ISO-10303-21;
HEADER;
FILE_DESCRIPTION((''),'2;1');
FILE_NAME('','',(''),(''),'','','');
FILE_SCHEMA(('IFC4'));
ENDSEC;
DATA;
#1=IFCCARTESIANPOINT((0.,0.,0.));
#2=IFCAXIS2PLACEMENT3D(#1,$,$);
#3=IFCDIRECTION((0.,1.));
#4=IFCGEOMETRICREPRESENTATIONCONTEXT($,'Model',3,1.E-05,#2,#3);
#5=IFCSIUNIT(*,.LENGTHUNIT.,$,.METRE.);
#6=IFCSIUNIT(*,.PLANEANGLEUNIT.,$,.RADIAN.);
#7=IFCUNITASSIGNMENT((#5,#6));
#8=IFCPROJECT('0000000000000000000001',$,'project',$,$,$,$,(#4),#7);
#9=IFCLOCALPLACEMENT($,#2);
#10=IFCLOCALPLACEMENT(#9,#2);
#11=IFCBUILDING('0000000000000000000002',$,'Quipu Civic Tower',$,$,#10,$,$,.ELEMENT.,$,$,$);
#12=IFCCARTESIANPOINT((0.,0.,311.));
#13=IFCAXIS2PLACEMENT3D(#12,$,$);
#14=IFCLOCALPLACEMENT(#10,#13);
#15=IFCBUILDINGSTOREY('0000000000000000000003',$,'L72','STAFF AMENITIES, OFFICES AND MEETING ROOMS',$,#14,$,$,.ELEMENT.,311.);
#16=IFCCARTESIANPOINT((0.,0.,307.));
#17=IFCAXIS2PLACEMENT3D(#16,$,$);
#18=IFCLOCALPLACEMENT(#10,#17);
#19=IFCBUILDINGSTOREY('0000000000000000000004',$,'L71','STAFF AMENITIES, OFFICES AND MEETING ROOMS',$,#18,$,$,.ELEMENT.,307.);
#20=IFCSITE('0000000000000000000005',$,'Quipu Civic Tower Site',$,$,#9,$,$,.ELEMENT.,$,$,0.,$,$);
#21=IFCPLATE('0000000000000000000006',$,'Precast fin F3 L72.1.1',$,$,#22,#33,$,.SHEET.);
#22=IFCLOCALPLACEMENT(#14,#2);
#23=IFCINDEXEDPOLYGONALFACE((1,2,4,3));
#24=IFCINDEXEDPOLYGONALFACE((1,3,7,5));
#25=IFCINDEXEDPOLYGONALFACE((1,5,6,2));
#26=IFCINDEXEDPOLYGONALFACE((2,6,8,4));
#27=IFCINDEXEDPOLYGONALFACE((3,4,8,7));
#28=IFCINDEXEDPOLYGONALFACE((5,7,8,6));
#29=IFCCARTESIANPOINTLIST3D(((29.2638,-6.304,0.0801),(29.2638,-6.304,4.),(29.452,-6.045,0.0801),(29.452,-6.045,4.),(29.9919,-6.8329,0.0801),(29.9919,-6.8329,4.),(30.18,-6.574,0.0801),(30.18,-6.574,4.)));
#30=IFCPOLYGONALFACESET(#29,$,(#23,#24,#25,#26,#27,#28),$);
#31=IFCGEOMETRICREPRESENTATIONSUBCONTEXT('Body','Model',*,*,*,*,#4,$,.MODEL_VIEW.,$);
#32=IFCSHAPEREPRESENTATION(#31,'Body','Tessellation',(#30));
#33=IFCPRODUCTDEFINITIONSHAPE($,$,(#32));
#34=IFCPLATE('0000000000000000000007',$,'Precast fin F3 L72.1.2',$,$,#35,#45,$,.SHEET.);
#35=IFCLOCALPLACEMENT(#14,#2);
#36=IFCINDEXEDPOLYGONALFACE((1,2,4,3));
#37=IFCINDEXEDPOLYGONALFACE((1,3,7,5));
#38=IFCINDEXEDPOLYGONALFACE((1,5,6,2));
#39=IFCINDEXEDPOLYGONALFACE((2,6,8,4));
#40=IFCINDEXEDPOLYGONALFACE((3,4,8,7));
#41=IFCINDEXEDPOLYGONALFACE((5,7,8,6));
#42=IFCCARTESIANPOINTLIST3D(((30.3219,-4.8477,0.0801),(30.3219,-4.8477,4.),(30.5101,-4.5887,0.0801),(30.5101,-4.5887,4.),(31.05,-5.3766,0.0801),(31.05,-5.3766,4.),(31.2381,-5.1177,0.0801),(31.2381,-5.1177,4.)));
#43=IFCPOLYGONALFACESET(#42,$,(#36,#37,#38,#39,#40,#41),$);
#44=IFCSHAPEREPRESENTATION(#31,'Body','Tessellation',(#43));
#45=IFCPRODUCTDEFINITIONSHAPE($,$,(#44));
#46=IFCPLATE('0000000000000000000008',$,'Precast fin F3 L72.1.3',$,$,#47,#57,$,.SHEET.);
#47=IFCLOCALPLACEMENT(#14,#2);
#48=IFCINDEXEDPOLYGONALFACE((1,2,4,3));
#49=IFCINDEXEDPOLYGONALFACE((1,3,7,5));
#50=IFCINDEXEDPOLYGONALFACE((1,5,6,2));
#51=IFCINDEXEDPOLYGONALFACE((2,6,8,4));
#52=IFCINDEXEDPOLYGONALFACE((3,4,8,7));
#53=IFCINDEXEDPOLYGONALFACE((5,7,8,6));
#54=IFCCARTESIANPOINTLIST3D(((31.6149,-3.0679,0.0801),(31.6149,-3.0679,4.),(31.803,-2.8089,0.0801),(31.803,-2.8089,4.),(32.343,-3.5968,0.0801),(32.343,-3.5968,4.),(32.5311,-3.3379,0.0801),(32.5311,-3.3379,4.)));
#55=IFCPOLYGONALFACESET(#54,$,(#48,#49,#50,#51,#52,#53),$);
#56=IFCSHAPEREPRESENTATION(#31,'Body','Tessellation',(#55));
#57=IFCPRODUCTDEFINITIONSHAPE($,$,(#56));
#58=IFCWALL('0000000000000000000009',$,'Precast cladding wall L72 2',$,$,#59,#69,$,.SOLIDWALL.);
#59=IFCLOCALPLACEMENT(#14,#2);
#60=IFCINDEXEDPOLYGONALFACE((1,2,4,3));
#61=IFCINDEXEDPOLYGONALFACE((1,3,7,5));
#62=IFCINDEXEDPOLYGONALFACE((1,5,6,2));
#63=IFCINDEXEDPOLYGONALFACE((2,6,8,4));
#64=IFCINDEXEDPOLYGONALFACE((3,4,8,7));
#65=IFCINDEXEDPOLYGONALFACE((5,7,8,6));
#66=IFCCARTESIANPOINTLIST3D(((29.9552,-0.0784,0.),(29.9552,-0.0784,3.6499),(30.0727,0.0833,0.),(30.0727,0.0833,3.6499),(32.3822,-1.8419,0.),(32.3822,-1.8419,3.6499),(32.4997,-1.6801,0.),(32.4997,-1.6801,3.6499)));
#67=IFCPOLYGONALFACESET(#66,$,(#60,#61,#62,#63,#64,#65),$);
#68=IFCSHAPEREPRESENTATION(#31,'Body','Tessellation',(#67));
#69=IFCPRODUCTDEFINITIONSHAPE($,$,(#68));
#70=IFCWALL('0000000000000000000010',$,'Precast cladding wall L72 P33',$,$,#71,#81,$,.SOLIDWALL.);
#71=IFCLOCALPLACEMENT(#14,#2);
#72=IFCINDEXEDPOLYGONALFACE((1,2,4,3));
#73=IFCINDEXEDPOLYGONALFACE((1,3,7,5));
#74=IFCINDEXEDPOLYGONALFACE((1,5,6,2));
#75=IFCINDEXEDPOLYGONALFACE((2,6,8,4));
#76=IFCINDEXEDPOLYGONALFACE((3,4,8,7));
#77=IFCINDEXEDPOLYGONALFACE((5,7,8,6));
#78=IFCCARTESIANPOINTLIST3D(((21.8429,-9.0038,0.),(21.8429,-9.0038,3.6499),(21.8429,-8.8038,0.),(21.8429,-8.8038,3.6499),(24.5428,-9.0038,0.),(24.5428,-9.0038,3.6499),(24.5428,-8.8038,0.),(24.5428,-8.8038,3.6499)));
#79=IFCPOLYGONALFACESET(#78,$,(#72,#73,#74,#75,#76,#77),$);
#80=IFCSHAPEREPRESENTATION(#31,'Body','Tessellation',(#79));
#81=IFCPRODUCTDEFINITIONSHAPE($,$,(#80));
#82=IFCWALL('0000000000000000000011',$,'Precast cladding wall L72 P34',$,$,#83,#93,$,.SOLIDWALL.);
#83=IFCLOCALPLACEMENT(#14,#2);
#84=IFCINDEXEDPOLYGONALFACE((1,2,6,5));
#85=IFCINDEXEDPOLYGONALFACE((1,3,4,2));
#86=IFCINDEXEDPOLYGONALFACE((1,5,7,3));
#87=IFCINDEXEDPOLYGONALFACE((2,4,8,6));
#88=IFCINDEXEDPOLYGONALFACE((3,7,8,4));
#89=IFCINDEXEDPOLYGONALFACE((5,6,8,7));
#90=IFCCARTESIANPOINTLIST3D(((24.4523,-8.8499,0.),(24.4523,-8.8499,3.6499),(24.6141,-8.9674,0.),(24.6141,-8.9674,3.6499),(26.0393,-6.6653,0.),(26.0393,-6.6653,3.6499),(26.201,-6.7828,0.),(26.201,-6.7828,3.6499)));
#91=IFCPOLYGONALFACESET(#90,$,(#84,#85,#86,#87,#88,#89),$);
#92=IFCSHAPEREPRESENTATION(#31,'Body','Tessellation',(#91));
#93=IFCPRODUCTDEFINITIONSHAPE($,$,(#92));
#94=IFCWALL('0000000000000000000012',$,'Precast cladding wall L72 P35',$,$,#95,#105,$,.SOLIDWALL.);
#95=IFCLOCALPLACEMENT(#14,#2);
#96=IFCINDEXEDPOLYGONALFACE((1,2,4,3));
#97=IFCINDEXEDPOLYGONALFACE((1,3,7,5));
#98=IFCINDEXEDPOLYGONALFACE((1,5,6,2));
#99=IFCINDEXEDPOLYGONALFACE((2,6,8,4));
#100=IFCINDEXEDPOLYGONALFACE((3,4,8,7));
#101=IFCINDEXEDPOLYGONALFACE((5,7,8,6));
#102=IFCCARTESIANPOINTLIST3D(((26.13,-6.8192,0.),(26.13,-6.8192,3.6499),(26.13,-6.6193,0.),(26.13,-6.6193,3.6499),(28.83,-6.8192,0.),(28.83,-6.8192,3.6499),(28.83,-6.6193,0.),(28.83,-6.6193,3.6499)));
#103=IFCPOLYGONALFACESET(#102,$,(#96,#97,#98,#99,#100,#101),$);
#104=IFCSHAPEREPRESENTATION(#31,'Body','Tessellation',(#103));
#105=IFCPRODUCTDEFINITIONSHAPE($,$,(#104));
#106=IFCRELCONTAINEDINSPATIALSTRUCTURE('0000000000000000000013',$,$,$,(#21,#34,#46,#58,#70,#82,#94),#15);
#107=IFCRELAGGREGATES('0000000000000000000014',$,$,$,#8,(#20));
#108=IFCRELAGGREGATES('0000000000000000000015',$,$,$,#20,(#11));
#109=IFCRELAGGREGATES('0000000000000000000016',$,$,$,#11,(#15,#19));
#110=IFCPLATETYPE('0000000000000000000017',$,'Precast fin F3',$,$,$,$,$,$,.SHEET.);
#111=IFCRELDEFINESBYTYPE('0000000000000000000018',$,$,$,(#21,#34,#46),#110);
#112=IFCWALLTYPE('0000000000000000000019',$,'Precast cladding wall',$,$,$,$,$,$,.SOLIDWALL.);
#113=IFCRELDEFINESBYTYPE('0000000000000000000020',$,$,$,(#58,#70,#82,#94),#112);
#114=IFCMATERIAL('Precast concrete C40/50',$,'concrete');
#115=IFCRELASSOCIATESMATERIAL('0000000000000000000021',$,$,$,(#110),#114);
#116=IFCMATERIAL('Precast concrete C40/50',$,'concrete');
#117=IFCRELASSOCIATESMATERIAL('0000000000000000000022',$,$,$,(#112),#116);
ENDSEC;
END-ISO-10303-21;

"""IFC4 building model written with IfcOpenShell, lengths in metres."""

from ifc_helpers import new_model, si_unit, direction, frame, frame_2d, origin, origin_2d, place, context, subcontext, project, spatial, rectangle, extrude, material, type_object, element, save


model = new_model("IFC4")

# Units and contexts
model_context = context("Model", 3, precision=1e-05, world=origin(), true_north=direction((0.0, 1.0)))
body_context = subcontext(model_context, "Body", "Model", "MODEL_VIEW")
ifc_project = project(units=[si_unit("LENGTHUNIT", "METRE"), si_unit("PLANEANGLEUNIT", "RADIAN")], contexts=[model_context])

# Site, building, storey
site_placement = place(None, origin())
site = spatial("IfcSite", under=ifc_project, at=site_placement, Name="Quipu Civic Tower Site", CompositionType="ELEMENT", RefElevation=0.0)
building_placement = place(site_placement, origin())
building = spatial("IfcBuilding", under=site, at=building_placement, Name="Quipu Civic Tower", CompositionType="ELEMENT")
storey_1_placement = place(building_placement, frame((0.0, 0.0, 311.0)))
storey_1 = spatial("IfcBuildingStorey", under=building, at=storey_1_placement, Name="L72", Description="STAFF AMENITIES, OFFICES AND MEETING ROOMS", CompositionType="ELEMENT", Elevation=311.0)

# Shared definitions
storey_2_placement = place(building_placement, frame((0.0, 0.0, 307.0)))
storey_2 = spatial("IfcBuildingStorey", under=building, at=storey_2_placement, Name="L71", Description="STAFF AMENITIES, OFFICES AND MEETING ROOMS", CompositionType="ELEMENT", Elevation=307.0)

# Plates
ifc_material_1 = material(Name="Precast concrete C40/50", Category="concrete")
plate_type_1 = type_object("IfcPlateType", Name="Precast fin F3", PredefinedType="SHEET", material=ifc_material_1)
for number, where, z_axis, x_axis, name in (
    (1, (29.7219, -6.439, 0.0801), (0.0, 0.0, 1.0), (0.58778, 0.80902, 0.0), "Precast fin F3 L72.1.1"),
    (2, (30.78, -4.9827, 0.0801), (0.0, 0.0, 1.0), (0.58778, 0.80902, 0.0), "Precast fin F3 L72.1.2"),
    (3, (32.073, -3.2029, 0.0801), (0.0, 0.0, 1.0), (0.58778, 0.80902, 0.0), "Precast fin F3 L72.1.3"),
):
    element("IfcPlate", number, at=place(storey_1_placement, frame(where, z_axis=z_axis, x_axis=x_axis)), inside=storey_1, type_object=plate_type_1, Name=name, PredefinedType="SHEET", context=body_context, shape_type="SweptSolid", body=[
        extrude(rectangle(XDim=0.3201, YDim=0.8999, at=origin_2d()), origin(), (0.0, 0.0, 1.0), 3.9199),
    ])

# Walls
ifc_material_2 = material(Name="Precast concrete C40/50", Category="concrete")
wall_type = type_object("IfcWallType", Name="Precast cladding wall", PredefinedType="SOLIDWALL", material=ifc_material_2)
wall_1_placement = place(storey_1_placement, frame((32.4409, -1.761, 0.0), z_axis=(0.0, 0.0, 1.0), x_axis=(-0.809, 0.587809, 0.0)))
element("IfcWall", 4, at=wall_1_placement, inside=storey_1, type_object=wall_type, Name="Precast cladding wall L72 2", PredefinedType="SOLIDWALL", context=body_context, shape_type="SweptSolid", body=[
    extrude(rectangle(XDim=3.0, YDim=0.2, at=frame_2d((1.5, 0.0))), origin(), (0.0, 0.0, 1.0), 3.6499),
])
wall_2_placement = place(storey_1_placement, frame((21.8428, -8.9038, 0.0), z_axis=(0.0, 0.0, 1.0), x_axis=(1.0, 0.0, 0.0)))
element("IfcWall", 5, at=wall_2_placement, inside=storey_1, type_object=wall_type, Name="Precast cladding wall L72 P33", PredefinedType="SOLIDWALL", context=body_context, shape_type="SweptSolid", body=[
    extrude(rectangle(XDim=2.7, YDim=0.2, at=frame_2d((1.3501, 0.0))), origin(), (0.0, 0.0, 1.0), 3.6499),
])
wall_3_placement = place(storey_1_placement, frame((24.5332, -8.9087, 0.0), z_axis=(0.0, 0.0, 1.0), x_axis=(0.58772, 0.809064, 0.0)))
element("IfcWall", 6, at=wall_3_placement, inside=storey_1, type_object=wall_type, Name="Precast cladding wall L72 P34", PredefinedType="SOLIDWALL", context=body_context, shape_type="SweptSolid", body=[
    extrude(rectangle(XDim=2.7002, YDim=0.2, at=frame_2d((1.3501, 0.0))), origin(), (0.0, 0.0, 1.0), 3.6499),
])
wall_4_placement = place(storey_1_placement, frame((26.1299, -6.7192, 0.0), z_axis=(0.0, 0.0, 1.0), x_axis=(1.0, 0.0, 0.0)))
element("IfcWall", 7, at=wall_4_placement, inside=storey_1, type_object=wall_type, Name="Precast cladding wall L72 P35", PredefinedType="SOLIDWALL", context=body_context, shape_type="SweptSolid", body=[
    extrude(rectangle(XDim=2.7, YDim=0.2, at=frame_2d((1.3501, 0.0))), origin(), (0.0, 0.0, 1.0), 3.6499),
])

save(model, "model.ifc")
